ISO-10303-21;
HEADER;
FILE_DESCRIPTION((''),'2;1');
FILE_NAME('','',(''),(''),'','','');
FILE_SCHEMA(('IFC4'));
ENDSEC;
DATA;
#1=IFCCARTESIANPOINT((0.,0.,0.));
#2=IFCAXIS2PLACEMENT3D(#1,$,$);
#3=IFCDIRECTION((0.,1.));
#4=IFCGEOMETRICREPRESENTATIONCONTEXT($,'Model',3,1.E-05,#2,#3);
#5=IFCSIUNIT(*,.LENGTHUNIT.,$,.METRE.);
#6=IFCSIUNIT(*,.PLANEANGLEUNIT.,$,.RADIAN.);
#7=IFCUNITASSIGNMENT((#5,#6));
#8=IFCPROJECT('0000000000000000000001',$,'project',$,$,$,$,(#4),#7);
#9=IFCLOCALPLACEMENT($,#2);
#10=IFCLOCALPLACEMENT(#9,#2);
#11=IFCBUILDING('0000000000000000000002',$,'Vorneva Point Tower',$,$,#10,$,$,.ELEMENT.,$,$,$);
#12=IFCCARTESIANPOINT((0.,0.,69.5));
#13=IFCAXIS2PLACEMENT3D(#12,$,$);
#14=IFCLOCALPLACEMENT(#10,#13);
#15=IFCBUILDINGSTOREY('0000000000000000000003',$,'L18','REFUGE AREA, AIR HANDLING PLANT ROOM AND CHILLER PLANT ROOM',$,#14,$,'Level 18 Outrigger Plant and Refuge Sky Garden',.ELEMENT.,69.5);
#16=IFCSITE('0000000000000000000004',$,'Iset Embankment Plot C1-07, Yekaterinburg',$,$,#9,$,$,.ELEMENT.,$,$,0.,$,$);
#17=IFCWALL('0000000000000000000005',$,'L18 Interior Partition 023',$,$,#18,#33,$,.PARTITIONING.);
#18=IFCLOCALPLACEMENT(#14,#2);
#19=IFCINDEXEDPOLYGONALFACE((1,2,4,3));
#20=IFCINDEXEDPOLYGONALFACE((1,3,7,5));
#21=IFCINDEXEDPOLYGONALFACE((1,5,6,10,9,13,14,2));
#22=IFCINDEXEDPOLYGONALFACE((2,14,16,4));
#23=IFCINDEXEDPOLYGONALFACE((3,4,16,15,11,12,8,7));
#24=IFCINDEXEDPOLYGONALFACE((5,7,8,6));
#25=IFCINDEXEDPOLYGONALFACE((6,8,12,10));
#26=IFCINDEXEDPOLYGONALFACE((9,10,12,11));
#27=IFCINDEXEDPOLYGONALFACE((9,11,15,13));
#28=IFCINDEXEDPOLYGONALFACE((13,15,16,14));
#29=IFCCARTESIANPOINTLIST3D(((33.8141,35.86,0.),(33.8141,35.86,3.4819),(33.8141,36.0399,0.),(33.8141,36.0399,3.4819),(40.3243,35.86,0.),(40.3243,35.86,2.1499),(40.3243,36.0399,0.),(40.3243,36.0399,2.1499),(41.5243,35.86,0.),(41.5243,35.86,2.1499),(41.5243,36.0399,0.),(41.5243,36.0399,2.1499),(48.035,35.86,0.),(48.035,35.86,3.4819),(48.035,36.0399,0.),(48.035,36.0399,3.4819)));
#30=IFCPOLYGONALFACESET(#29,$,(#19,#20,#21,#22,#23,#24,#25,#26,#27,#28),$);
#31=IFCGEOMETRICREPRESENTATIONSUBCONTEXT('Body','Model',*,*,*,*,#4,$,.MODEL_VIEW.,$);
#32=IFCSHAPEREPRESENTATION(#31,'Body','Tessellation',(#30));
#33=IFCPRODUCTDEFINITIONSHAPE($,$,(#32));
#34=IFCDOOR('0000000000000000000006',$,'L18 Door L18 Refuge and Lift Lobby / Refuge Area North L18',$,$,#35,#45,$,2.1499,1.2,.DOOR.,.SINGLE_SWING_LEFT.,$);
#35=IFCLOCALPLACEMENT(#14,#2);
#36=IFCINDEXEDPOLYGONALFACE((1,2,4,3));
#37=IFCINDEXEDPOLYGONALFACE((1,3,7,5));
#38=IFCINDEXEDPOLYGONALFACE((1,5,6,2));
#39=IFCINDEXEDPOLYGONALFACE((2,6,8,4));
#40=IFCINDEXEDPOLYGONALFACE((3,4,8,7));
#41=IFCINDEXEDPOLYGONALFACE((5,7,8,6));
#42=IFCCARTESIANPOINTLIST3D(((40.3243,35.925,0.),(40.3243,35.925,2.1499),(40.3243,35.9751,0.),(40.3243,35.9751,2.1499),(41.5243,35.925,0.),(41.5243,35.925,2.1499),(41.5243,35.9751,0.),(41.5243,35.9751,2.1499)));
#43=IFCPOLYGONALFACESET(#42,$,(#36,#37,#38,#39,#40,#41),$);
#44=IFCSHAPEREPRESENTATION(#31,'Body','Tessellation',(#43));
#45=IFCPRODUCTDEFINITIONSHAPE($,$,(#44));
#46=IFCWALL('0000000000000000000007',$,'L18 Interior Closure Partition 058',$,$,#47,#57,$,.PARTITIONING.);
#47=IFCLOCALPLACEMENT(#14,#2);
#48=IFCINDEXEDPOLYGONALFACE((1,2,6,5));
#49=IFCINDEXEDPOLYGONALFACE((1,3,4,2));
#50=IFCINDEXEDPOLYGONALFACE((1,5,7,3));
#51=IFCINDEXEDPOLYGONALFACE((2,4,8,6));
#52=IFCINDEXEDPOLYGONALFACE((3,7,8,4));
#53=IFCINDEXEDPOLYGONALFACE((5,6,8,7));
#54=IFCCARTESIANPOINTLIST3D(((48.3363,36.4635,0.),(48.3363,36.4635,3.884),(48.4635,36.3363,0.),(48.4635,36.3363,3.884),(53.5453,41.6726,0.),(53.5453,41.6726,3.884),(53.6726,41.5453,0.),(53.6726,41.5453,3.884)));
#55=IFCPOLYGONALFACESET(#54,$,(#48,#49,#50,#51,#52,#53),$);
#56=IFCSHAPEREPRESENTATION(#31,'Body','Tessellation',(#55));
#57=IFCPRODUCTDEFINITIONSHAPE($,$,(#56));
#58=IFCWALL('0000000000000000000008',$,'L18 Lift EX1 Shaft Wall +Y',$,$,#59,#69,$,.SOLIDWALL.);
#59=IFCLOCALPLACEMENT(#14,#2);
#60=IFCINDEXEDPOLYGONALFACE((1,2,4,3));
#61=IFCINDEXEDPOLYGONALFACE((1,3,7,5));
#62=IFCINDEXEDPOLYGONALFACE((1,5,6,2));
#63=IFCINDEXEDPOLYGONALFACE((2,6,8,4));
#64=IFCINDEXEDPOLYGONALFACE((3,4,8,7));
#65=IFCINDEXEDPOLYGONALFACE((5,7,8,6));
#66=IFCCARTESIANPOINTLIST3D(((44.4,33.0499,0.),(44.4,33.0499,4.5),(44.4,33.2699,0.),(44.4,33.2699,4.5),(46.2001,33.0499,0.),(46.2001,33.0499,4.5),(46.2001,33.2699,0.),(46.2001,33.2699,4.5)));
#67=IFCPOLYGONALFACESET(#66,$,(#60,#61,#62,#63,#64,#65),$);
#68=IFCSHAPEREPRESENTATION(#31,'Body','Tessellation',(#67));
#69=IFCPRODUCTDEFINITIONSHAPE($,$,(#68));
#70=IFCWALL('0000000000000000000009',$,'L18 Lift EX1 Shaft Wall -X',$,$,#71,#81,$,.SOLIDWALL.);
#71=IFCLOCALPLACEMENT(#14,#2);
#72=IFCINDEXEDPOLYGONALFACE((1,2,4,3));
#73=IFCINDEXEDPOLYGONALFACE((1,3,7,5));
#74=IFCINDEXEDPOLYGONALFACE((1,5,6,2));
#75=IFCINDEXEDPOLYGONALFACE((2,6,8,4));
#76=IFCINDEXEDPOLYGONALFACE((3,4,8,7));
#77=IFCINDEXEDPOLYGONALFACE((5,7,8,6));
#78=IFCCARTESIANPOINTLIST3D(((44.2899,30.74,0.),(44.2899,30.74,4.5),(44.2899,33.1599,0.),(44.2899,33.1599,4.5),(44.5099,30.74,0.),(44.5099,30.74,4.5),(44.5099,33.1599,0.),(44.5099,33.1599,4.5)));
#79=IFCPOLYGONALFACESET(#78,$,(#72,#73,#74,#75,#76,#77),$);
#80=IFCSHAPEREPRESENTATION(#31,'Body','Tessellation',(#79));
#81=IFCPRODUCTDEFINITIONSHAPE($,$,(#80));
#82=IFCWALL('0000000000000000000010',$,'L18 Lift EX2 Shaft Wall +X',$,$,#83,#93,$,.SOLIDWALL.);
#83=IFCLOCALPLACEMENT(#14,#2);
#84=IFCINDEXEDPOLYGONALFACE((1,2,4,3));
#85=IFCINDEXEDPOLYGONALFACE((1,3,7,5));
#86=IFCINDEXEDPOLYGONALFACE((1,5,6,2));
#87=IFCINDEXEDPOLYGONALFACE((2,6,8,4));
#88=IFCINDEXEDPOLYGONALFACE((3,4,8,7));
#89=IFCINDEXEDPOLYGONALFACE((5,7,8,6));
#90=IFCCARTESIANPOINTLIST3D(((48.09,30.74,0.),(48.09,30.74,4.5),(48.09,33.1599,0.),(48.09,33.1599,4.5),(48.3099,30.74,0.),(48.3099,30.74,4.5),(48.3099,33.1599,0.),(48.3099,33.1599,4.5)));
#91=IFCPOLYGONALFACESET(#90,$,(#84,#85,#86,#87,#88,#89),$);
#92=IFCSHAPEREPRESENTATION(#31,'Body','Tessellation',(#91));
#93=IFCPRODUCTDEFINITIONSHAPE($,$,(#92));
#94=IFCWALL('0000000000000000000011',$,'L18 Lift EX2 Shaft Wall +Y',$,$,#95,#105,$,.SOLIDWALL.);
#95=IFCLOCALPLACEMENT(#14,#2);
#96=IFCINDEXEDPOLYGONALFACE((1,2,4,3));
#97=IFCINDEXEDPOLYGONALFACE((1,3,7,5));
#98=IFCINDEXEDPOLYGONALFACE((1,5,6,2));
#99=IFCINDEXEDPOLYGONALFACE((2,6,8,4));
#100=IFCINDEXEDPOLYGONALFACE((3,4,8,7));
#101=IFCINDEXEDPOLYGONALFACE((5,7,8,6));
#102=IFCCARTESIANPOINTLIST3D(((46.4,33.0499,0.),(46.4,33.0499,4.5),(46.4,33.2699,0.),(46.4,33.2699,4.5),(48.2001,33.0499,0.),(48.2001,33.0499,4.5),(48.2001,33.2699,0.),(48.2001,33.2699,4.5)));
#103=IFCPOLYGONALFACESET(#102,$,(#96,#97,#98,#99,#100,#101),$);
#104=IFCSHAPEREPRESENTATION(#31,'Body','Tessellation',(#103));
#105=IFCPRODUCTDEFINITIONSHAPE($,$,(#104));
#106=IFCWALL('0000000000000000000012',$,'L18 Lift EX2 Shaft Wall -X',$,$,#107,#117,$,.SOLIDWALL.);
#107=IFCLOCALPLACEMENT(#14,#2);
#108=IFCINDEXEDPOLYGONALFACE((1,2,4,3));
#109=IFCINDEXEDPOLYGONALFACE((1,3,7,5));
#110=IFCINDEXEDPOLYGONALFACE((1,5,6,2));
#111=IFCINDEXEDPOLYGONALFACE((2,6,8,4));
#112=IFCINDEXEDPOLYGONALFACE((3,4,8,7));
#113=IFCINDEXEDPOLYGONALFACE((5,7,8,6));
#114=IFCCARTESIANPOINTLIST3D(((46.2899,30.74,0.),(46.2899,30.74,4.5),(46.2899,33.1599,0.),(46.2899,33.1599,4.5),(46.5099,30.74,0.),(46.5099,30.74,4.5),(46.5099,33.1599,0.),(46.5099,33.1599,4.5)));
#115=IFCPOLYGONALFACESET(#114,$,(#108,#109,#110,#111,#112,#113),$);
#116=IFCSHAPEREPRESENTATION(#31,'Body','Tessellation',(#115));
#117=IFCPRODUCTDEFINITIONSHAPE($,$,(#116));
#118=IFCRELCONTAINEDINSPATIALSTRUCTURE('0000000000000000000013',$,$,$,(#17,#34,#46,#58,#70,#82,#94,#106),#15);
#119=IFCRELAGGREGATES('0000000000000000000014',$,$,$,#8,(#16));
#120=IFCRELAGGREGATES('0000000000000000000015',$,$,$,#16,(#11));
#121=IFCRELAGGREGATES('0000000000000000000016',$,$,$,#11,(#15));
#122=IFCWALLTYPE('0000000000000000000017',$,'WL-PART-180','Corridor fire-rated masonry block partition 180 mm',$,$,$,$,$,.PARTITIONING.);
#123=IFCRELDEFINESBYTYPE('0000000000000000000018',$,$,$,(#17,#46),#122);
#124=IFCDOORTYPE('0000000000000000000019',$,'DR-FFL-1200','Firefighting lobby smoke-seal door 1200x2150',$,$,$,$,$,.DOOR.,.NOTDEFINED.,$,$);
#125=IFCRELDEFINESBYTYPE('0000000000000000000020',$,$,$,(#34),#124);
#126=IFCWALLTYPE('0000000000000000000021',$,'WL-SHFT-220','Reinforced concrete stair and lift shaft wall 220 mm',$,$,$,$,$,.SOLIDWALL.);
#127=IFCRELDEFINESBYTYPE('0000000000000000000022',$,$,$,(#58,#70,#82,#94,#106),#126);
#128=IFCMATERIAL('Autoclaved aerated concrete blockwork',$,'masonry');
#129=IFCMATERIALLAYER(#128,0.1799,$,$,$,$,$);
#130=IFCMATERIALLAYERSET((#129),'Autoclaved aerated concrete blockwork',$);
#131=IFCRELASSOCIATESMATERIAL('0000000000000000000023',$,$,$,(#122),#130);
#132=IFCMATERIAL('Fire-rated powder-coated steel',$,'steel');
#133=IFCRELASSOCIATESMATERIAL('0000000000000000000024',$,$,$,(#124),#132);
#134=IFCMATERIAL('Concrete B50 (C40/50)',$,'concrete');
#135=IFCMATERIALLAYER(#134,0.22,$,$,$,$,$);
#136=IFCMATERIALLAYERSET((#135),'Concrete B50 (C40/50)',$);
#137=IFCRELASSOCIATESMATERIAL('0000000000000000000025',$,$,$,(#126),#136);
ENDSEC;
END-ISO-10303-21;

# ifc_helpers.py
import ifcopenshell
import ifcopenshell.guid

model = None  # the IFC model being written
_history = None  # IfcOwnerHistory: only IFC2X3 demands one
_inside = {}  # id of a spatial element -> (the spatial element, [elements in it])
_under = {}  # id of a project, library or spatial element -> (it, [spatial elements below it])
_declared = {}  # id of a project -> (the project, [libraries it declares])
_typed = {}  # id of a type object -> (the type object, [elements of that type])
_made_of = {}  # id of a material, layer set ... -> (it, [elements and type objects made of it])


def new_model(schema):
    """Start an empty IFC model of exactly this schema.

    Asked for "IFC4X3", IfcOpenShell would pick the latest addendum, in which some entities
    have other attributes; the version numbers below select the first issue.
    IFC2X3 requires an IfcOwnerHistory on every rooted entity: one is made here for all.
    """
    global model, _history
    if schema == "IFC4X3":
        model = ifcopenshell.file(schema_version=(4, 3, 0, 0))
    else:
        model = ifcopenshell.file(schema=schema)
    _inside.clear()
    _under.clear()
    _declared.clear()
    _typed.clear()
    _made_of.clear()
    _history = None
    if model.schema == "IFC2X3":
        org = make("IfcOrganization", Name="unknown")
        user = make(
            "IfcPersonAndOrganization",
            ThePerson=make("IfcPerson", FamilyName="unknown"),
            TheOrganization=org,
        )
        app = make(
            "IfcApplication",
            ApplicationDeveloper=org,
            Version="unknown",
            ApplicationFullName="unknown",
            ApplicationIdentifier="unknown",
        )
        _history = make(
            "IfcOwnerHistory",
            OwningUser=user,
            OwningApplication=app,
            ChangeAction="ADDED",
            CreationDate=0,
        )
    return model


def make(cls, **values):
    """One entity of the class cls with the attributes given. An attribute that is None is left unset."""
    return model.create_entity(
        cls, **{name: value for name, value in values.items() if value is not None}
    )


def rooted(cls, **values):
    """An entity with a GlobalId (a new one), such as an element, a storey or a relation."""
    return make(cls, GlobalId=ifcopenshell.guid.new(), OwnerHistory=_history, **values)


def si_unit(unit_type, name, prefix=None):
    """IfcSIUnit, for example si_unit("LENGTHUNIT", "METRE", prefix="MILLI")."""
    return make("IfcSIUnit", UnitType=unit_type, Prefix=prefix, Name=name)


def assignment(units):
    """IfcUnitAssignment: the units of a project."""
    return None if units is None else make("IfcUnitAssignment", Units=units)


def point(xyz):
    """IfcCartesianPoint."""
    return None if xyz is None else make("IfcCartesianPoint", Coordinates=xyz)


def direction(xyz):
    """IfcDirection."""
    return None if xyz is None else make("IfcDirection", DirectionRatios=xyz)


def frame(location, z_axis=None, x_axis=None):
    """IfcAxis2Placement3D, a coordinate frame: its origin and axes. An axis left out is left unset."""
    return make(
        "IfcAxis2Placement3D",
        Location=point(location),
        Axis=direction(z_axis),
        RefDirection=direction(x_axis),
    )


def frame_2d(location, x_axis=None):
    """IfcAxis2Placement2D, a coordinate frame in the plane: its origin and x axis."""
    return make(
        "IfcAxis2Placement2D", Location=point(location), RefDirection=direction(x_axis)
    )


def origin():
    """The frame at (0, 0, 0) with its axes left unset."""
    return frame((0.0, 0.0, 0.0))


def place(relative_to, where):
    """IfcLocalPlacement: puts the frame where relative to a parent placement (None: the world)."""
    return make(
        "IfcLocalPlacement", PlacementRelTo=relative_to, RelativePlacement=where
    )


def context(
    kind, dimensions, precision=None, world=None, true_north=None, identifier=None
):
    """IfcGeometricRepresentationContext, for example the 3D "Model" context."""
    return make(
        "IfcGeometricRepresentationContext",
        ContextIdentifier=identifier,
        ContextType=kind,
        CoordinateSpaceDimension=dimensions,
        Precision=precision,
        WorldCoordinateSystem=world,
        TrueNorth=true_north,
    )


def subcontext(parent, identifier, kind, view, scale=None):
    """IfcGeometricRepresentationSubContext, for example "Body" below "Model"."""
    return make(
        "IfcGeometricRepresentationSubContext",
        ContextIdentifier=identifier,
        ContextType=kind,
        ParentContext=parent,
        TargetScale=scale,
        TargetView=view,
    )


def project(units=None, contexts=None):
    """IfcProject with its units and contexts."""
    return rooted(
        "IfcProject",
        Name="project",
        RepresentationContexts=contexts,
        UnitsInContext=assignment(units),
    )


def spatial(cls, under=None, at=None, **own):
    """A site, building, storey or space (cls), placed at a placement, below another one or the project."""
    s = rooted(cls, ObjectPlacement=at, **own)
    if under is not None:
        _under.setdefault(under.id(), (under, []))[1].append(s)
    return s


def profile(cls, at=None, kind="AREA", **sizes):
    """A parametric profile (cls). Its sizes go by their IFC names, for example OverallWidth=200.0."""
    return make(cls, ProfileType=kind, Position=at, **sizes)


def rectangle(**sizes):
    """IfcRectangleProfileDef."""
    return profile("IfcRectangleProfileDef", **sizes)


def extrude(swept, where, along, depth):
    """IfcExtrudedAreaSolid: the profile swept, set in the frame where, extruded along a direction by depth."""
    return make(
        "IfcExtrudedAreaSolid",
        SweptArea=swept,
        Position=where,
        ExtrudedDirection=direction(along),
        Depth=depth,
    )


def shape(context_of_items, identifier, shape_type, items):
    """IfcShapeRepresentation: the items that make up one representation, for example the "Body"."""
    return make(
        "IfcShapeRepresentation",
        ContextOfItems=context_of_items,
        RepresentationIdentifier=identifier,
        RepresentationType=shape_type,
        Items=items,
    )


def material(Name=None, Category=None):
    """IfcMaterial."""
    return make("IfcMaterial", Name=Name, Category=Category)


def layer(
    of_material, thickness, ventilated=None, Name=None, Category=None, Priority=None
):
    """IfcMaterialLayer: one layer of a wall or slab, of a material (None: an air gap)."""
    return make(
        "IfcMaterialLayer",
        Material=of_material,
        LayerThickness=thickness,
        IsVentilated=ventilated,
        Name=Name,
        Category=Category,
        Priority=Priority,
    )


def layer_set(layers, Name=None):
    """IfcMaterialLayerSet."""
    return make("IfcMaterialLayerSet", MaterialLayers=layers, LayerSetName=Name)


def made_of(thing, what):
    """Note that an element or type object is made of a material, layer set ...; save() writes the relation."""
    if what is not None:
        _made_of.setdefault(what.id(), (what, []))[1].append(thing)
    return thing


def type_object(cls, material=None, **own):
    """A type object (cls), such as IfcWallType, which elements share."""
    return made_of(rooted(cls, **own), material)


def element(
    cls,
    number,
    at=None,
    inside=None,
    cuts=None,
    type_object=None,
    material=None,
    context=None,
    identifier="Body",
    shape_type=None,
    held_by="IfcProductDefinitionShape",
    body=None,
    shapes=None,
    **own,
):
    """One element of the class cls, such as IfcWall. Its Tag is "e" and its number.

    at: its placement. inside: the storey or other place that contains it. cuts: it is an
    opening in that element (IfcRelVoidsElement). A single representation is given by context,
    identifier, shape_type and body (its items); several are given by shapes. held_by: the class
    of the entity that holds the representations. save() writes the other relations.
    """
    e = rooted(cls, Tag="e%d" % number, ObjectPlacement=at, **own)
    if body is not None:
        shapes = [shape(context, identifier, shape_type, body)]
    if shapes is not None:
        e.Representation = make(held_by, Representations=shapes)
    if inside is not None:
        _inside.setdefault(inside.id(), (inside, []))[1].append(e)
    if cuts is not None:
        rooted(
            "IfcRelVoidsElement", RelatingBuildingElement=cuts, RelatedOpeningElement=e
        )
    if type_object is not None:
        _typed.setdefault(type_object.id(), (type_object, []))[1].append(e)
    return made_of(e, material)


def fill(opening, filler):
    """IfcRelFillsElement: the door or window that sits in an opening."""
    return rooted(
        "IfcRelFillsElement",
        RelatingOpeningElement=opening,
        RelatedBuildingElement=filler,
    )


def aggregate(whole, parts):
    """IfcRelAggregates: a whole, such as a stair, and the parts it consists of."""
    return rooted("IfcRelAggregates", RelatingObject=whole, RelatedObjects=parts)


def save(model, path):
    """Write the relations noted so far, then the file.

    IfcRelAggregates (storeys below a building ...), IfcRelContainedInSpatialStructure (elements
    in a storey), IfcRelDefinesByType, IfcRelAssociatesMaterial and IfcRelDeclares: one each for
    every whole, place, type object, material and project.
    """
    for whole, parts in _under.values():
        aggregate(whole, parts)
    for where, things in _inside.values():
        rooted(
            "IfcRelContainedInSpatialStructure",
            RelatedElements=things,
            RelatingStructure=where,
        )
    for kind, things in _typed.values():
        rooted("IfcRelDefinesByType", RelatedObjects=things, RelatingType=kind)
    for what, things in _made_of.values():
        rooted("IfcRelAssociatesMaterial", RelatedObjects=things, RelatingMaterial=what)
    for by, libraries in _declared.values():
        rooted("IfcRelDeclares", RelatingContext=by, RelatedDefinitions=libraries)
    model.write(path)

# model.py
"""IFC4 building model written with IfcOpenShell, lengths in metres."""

from ifc_helpers import new_model, si_unit, direction, frame, frame_2d, origin, place, context, subcontext, project, spatial, rectangle, extrude, material, layer, layer_set, type_object, element, fill, save


model = new_model("IFC4")

# Units and contexts
model_context = context("Model", 3, precision=1e-05, world=origin(), true_north=direction((0.0, 1.0)))
body_context = subcontext(model_context, "Body", "Model", "MODEL_VIEW")
ifc_project = project(units=[si_unit("LENGTHUNIT", "METRE"), si_unit("PLANEANGLEUNIT", "RADIAN")], contexts=[model_context])

# Site, building, storey
site_placement = place(None, origin())
site = spatial("IfcSite", under=ifc_project, at=site_placement, Name="Iset Embankment Plot C1-07, Yekaterinburg", CompositionType="ELEMENT", RefElevation=0.0)
building_placement = place(site_placement, origin())
building = spatial("IfcBuilding", under=site, at=building_placement, Name="Vorneva Point Tower", CompositionType="ELEMENT")
storey_placement = place(building_placement, frame((0.0, 0.0, 69.5)))
storey = spatial("IfcBuildingStorey", under=building, at=storey_placement, Name="L18", Description="REFUGE AREA, AIR HANDLING PLANT ROOM AND CHILLER PLANT ROOM", LongName="Level 18 Outrigger Plant and Refuge Sky Garden", CompositionType="ELEMENT", Elevation=69.5)

# Shared definitions
ifc_material_1 = material(Name="Autoclaved aerated concrete blockwork", Category="masonry")
ifc_layer_1 = layer(ifc_material_1, 0.1799)
ifc_layer_set_1 = layer_set([ifc_layer_1], Name="Autoclaved aerated concrete blockwork")
wall_type_1 = type_object("IfcWallType", Name="WL-PART-180", Description="Corridor fire-rated masonry block partition 180 mm", PredefinedType="PARTITIONING", material=ifc_layer_set_1)
ifc_material_2 = material(Name="Fire-rated powder-coated steel", Category="steel")

# Wall, opening, door
wall_1_placement = place(storey_placement, frame((48.0349, 35.95, 0.0), z_axis=(0.0, 0.0, 1.0), x_axis=(-1.0, 0.0, 0.0)))
wall_1 = element("IfcWall", 1, at=wall_1_placement, inside=storey, type_object=wall_type_1, Name="L18 Interior Partition 023", PredefinedType="PARTITIONING", context=body_context, shape_type="SweptSolid", body=[
    extrude(rectangle(XDim=14.2209, YDim=0.1799, at=frame_2d((7.1104, 0.0))), origin(), (0.0, 0.0, 1.0), 3.4819),
])
opening_1_placement = place(wall_1_placement, frame((6.5105, 0.0, 0.0)))
opening_1 = element("IfcOpeningElement", 2, at=opening_1_placement, cuts=wall_1, PredefinedType="OPENING", context=body_context, shape_type="SweptSolid", body=[
    extrude(rectangle(XDim=1.2, YDim=2.1499, at=frame_2d((0.6001, 1.075))), frame((0.0, 0.105, 0.0), z_axis=(0.0, -1.0, 0.0), x_axis=(1.0, 0.0, 0.0)), (0.0, 0.0, 1.0), 0.2097),
])
door_type_1 = type_object("IfcDoorType", Name="DR-FFL-1200", Description="Firefighting lobby smoke-seal door 1200x2150", OperationType="NOTDEFINED", PredefinedType="DOOR", material=ifc_material_2)
door_1_placement = place(opening_1_placement, origin())
door_1 = element("IfcDoor", 3, at=door_1_placement, inside=storey, type_object=door_type_1, Name="L18 Door L18 Refuge and Lift Lobby / Refuge Area North L18", OperationType="SINGLE_SWING_LEFT", OverallHeight=2.1499, OverallWidth=1.2, PredefinedType="DOOR", context=body_context, shape_type="SweptSolid", body=[
    extrude(rectangle(XDim=1.2, YDim=2.1499, at=frame_2d((0.6001, 1.075))), frame((0.0, 0.0249, 0.0), z_axis=(0.0, -1.0, 0.0), x_axis=(1.0, 0.0, 0.0)), (0.0, 0.0, 1.0), 0.05),
])
fill(opening_1, door_1)

# Walls
wall_2_placement = place(storey_placement, frame((48.3999, 36.3999, 0.0), z_axis=(0.0, 0.0, 1.0), x_axis=(0.707107, 0.707107, 0.0)))
element("IfcWall", 4, at=wall_2_placement, inside=storey, type_object=wall_type_1, Name="L18 Interior Closure Partition 058", PredefinedType="PARTITIONING", context=body_context, shape_type="SweptSolid", body=[
    extrude(rectangle(XDim=7.3667, YDim=0.1799, at=frame_2d((3.6833, 0.0))), origin(), (0.0, 0.0, 1.0), 3.884),
])
ifc_material_3 = material(Name="Concrete B50 (C40/50)", Category="concrete")
ifc_layer_2 = layer(ifc_material_3, 0.22)
ifc_layer_set_2 = layer_set([ifc_layer_2], Name="Concrete B50 (C40/50)")
wall_type_2 = type_object("IfcWallType", Name="WL-SHFT-220", Description="Reinforced concrete stair and lift shaft wall 220 mm", PredefinedType="SOLIDWALL", material=ifc_layer_set_2)
wall_3_placement = place(storey_placement, frame((46.2, 33.1599, 0.0), z_axis=(0.0, 0.0, 1.0), x_axis=(-1.0, 0.0, 0.0)))
element("IfcWall", 5, at=wall_3_placement, inside=storey, type_object=wall_type_2, Name="L18 Lift EX1 Shaft Wall +Y", PredefinedType="SOLIDWALL", context=body_context, shape_type="SweptSolid", body=[
    extrude(rectangle(XDim=1.8, YDim=0.22, at=frame_2d((0.8999, 0.0))), origin(), (0.0, 0.0, 1.0), 4.5),
])
for number, where, z_axis, x_axis, name in (
    (6, (44.3999, 33.1599, 0.0), (0.0, 0.0, 1.0), (0.0, -1.0, 0.0), "L18 Lift EX1 Shaft Wall -X"),
    (7, (48.2, 30.74, 0.0), (0.0, 0.0, 1.0), (0.0, 1.0, 0.0), "L18 Lift EX2 Shaft Wall +X"),
):
    element("IfcWall", number, at=place(storey_placement, frame(where, z_axis=z_axis, x_axis=x_axis)), inside=storey, type_object=wall_type_2, Name=name, PredefinedType="SOLIDWALL", context=body_context, shape_type="SweptSolid", body=[
        extrude(rectangle(XDim=2.4199, YDim=0.22, at=frame_2d((1.21, 0.0))), origin(), (0.0, 0.0, 1.0), 4.5),
    ])
wall_4_placement = place(storey_placement, frame((48.2, 33.1599, 0.0), z_axis=(0.0, 0.0, 1.0), x_axis=(-1.0, 0.0, 0.0)))
element("IfcWall", 8, at=wall_4_placement, inside=storey, type_object=wall_type_2, Name="L18 Lift EX2 Shaft Wall +Y", PredefinedType="SOLIDWALL", context=body_context, shape_type="SweptSolid", body=[
    extrude(rectangle(XDim=1.8, YDim=0.22, at=frame_2d((0.8999, 0.0))), origin(), (0.0, 0.0, 1.0), 4.5),
])
wall_5_placement = place(storey_placement, frame((46.3999, 33.1599, 0.0), z_axis=(0.0, 0.0, 1.0), x_axis=(0.0, -1.0, 0.0)))
element("IfcWall", 9, at=wall_5_placement, inside=storey, type_object=wall_type_2, Name="L18 Lift EX2 Shaft Wall -X", PredefinedType="SOLIDWALL", context=body_context, shape_type="SweptSolid", body=[
    extrude(rectangle(XDim=2.4199, YDim=0.22, at=frame_2d((1.21, 0.0))), origin(), (0.0, 0.0, 1.0), 4.5),
])

save(model, "model.ifc")
